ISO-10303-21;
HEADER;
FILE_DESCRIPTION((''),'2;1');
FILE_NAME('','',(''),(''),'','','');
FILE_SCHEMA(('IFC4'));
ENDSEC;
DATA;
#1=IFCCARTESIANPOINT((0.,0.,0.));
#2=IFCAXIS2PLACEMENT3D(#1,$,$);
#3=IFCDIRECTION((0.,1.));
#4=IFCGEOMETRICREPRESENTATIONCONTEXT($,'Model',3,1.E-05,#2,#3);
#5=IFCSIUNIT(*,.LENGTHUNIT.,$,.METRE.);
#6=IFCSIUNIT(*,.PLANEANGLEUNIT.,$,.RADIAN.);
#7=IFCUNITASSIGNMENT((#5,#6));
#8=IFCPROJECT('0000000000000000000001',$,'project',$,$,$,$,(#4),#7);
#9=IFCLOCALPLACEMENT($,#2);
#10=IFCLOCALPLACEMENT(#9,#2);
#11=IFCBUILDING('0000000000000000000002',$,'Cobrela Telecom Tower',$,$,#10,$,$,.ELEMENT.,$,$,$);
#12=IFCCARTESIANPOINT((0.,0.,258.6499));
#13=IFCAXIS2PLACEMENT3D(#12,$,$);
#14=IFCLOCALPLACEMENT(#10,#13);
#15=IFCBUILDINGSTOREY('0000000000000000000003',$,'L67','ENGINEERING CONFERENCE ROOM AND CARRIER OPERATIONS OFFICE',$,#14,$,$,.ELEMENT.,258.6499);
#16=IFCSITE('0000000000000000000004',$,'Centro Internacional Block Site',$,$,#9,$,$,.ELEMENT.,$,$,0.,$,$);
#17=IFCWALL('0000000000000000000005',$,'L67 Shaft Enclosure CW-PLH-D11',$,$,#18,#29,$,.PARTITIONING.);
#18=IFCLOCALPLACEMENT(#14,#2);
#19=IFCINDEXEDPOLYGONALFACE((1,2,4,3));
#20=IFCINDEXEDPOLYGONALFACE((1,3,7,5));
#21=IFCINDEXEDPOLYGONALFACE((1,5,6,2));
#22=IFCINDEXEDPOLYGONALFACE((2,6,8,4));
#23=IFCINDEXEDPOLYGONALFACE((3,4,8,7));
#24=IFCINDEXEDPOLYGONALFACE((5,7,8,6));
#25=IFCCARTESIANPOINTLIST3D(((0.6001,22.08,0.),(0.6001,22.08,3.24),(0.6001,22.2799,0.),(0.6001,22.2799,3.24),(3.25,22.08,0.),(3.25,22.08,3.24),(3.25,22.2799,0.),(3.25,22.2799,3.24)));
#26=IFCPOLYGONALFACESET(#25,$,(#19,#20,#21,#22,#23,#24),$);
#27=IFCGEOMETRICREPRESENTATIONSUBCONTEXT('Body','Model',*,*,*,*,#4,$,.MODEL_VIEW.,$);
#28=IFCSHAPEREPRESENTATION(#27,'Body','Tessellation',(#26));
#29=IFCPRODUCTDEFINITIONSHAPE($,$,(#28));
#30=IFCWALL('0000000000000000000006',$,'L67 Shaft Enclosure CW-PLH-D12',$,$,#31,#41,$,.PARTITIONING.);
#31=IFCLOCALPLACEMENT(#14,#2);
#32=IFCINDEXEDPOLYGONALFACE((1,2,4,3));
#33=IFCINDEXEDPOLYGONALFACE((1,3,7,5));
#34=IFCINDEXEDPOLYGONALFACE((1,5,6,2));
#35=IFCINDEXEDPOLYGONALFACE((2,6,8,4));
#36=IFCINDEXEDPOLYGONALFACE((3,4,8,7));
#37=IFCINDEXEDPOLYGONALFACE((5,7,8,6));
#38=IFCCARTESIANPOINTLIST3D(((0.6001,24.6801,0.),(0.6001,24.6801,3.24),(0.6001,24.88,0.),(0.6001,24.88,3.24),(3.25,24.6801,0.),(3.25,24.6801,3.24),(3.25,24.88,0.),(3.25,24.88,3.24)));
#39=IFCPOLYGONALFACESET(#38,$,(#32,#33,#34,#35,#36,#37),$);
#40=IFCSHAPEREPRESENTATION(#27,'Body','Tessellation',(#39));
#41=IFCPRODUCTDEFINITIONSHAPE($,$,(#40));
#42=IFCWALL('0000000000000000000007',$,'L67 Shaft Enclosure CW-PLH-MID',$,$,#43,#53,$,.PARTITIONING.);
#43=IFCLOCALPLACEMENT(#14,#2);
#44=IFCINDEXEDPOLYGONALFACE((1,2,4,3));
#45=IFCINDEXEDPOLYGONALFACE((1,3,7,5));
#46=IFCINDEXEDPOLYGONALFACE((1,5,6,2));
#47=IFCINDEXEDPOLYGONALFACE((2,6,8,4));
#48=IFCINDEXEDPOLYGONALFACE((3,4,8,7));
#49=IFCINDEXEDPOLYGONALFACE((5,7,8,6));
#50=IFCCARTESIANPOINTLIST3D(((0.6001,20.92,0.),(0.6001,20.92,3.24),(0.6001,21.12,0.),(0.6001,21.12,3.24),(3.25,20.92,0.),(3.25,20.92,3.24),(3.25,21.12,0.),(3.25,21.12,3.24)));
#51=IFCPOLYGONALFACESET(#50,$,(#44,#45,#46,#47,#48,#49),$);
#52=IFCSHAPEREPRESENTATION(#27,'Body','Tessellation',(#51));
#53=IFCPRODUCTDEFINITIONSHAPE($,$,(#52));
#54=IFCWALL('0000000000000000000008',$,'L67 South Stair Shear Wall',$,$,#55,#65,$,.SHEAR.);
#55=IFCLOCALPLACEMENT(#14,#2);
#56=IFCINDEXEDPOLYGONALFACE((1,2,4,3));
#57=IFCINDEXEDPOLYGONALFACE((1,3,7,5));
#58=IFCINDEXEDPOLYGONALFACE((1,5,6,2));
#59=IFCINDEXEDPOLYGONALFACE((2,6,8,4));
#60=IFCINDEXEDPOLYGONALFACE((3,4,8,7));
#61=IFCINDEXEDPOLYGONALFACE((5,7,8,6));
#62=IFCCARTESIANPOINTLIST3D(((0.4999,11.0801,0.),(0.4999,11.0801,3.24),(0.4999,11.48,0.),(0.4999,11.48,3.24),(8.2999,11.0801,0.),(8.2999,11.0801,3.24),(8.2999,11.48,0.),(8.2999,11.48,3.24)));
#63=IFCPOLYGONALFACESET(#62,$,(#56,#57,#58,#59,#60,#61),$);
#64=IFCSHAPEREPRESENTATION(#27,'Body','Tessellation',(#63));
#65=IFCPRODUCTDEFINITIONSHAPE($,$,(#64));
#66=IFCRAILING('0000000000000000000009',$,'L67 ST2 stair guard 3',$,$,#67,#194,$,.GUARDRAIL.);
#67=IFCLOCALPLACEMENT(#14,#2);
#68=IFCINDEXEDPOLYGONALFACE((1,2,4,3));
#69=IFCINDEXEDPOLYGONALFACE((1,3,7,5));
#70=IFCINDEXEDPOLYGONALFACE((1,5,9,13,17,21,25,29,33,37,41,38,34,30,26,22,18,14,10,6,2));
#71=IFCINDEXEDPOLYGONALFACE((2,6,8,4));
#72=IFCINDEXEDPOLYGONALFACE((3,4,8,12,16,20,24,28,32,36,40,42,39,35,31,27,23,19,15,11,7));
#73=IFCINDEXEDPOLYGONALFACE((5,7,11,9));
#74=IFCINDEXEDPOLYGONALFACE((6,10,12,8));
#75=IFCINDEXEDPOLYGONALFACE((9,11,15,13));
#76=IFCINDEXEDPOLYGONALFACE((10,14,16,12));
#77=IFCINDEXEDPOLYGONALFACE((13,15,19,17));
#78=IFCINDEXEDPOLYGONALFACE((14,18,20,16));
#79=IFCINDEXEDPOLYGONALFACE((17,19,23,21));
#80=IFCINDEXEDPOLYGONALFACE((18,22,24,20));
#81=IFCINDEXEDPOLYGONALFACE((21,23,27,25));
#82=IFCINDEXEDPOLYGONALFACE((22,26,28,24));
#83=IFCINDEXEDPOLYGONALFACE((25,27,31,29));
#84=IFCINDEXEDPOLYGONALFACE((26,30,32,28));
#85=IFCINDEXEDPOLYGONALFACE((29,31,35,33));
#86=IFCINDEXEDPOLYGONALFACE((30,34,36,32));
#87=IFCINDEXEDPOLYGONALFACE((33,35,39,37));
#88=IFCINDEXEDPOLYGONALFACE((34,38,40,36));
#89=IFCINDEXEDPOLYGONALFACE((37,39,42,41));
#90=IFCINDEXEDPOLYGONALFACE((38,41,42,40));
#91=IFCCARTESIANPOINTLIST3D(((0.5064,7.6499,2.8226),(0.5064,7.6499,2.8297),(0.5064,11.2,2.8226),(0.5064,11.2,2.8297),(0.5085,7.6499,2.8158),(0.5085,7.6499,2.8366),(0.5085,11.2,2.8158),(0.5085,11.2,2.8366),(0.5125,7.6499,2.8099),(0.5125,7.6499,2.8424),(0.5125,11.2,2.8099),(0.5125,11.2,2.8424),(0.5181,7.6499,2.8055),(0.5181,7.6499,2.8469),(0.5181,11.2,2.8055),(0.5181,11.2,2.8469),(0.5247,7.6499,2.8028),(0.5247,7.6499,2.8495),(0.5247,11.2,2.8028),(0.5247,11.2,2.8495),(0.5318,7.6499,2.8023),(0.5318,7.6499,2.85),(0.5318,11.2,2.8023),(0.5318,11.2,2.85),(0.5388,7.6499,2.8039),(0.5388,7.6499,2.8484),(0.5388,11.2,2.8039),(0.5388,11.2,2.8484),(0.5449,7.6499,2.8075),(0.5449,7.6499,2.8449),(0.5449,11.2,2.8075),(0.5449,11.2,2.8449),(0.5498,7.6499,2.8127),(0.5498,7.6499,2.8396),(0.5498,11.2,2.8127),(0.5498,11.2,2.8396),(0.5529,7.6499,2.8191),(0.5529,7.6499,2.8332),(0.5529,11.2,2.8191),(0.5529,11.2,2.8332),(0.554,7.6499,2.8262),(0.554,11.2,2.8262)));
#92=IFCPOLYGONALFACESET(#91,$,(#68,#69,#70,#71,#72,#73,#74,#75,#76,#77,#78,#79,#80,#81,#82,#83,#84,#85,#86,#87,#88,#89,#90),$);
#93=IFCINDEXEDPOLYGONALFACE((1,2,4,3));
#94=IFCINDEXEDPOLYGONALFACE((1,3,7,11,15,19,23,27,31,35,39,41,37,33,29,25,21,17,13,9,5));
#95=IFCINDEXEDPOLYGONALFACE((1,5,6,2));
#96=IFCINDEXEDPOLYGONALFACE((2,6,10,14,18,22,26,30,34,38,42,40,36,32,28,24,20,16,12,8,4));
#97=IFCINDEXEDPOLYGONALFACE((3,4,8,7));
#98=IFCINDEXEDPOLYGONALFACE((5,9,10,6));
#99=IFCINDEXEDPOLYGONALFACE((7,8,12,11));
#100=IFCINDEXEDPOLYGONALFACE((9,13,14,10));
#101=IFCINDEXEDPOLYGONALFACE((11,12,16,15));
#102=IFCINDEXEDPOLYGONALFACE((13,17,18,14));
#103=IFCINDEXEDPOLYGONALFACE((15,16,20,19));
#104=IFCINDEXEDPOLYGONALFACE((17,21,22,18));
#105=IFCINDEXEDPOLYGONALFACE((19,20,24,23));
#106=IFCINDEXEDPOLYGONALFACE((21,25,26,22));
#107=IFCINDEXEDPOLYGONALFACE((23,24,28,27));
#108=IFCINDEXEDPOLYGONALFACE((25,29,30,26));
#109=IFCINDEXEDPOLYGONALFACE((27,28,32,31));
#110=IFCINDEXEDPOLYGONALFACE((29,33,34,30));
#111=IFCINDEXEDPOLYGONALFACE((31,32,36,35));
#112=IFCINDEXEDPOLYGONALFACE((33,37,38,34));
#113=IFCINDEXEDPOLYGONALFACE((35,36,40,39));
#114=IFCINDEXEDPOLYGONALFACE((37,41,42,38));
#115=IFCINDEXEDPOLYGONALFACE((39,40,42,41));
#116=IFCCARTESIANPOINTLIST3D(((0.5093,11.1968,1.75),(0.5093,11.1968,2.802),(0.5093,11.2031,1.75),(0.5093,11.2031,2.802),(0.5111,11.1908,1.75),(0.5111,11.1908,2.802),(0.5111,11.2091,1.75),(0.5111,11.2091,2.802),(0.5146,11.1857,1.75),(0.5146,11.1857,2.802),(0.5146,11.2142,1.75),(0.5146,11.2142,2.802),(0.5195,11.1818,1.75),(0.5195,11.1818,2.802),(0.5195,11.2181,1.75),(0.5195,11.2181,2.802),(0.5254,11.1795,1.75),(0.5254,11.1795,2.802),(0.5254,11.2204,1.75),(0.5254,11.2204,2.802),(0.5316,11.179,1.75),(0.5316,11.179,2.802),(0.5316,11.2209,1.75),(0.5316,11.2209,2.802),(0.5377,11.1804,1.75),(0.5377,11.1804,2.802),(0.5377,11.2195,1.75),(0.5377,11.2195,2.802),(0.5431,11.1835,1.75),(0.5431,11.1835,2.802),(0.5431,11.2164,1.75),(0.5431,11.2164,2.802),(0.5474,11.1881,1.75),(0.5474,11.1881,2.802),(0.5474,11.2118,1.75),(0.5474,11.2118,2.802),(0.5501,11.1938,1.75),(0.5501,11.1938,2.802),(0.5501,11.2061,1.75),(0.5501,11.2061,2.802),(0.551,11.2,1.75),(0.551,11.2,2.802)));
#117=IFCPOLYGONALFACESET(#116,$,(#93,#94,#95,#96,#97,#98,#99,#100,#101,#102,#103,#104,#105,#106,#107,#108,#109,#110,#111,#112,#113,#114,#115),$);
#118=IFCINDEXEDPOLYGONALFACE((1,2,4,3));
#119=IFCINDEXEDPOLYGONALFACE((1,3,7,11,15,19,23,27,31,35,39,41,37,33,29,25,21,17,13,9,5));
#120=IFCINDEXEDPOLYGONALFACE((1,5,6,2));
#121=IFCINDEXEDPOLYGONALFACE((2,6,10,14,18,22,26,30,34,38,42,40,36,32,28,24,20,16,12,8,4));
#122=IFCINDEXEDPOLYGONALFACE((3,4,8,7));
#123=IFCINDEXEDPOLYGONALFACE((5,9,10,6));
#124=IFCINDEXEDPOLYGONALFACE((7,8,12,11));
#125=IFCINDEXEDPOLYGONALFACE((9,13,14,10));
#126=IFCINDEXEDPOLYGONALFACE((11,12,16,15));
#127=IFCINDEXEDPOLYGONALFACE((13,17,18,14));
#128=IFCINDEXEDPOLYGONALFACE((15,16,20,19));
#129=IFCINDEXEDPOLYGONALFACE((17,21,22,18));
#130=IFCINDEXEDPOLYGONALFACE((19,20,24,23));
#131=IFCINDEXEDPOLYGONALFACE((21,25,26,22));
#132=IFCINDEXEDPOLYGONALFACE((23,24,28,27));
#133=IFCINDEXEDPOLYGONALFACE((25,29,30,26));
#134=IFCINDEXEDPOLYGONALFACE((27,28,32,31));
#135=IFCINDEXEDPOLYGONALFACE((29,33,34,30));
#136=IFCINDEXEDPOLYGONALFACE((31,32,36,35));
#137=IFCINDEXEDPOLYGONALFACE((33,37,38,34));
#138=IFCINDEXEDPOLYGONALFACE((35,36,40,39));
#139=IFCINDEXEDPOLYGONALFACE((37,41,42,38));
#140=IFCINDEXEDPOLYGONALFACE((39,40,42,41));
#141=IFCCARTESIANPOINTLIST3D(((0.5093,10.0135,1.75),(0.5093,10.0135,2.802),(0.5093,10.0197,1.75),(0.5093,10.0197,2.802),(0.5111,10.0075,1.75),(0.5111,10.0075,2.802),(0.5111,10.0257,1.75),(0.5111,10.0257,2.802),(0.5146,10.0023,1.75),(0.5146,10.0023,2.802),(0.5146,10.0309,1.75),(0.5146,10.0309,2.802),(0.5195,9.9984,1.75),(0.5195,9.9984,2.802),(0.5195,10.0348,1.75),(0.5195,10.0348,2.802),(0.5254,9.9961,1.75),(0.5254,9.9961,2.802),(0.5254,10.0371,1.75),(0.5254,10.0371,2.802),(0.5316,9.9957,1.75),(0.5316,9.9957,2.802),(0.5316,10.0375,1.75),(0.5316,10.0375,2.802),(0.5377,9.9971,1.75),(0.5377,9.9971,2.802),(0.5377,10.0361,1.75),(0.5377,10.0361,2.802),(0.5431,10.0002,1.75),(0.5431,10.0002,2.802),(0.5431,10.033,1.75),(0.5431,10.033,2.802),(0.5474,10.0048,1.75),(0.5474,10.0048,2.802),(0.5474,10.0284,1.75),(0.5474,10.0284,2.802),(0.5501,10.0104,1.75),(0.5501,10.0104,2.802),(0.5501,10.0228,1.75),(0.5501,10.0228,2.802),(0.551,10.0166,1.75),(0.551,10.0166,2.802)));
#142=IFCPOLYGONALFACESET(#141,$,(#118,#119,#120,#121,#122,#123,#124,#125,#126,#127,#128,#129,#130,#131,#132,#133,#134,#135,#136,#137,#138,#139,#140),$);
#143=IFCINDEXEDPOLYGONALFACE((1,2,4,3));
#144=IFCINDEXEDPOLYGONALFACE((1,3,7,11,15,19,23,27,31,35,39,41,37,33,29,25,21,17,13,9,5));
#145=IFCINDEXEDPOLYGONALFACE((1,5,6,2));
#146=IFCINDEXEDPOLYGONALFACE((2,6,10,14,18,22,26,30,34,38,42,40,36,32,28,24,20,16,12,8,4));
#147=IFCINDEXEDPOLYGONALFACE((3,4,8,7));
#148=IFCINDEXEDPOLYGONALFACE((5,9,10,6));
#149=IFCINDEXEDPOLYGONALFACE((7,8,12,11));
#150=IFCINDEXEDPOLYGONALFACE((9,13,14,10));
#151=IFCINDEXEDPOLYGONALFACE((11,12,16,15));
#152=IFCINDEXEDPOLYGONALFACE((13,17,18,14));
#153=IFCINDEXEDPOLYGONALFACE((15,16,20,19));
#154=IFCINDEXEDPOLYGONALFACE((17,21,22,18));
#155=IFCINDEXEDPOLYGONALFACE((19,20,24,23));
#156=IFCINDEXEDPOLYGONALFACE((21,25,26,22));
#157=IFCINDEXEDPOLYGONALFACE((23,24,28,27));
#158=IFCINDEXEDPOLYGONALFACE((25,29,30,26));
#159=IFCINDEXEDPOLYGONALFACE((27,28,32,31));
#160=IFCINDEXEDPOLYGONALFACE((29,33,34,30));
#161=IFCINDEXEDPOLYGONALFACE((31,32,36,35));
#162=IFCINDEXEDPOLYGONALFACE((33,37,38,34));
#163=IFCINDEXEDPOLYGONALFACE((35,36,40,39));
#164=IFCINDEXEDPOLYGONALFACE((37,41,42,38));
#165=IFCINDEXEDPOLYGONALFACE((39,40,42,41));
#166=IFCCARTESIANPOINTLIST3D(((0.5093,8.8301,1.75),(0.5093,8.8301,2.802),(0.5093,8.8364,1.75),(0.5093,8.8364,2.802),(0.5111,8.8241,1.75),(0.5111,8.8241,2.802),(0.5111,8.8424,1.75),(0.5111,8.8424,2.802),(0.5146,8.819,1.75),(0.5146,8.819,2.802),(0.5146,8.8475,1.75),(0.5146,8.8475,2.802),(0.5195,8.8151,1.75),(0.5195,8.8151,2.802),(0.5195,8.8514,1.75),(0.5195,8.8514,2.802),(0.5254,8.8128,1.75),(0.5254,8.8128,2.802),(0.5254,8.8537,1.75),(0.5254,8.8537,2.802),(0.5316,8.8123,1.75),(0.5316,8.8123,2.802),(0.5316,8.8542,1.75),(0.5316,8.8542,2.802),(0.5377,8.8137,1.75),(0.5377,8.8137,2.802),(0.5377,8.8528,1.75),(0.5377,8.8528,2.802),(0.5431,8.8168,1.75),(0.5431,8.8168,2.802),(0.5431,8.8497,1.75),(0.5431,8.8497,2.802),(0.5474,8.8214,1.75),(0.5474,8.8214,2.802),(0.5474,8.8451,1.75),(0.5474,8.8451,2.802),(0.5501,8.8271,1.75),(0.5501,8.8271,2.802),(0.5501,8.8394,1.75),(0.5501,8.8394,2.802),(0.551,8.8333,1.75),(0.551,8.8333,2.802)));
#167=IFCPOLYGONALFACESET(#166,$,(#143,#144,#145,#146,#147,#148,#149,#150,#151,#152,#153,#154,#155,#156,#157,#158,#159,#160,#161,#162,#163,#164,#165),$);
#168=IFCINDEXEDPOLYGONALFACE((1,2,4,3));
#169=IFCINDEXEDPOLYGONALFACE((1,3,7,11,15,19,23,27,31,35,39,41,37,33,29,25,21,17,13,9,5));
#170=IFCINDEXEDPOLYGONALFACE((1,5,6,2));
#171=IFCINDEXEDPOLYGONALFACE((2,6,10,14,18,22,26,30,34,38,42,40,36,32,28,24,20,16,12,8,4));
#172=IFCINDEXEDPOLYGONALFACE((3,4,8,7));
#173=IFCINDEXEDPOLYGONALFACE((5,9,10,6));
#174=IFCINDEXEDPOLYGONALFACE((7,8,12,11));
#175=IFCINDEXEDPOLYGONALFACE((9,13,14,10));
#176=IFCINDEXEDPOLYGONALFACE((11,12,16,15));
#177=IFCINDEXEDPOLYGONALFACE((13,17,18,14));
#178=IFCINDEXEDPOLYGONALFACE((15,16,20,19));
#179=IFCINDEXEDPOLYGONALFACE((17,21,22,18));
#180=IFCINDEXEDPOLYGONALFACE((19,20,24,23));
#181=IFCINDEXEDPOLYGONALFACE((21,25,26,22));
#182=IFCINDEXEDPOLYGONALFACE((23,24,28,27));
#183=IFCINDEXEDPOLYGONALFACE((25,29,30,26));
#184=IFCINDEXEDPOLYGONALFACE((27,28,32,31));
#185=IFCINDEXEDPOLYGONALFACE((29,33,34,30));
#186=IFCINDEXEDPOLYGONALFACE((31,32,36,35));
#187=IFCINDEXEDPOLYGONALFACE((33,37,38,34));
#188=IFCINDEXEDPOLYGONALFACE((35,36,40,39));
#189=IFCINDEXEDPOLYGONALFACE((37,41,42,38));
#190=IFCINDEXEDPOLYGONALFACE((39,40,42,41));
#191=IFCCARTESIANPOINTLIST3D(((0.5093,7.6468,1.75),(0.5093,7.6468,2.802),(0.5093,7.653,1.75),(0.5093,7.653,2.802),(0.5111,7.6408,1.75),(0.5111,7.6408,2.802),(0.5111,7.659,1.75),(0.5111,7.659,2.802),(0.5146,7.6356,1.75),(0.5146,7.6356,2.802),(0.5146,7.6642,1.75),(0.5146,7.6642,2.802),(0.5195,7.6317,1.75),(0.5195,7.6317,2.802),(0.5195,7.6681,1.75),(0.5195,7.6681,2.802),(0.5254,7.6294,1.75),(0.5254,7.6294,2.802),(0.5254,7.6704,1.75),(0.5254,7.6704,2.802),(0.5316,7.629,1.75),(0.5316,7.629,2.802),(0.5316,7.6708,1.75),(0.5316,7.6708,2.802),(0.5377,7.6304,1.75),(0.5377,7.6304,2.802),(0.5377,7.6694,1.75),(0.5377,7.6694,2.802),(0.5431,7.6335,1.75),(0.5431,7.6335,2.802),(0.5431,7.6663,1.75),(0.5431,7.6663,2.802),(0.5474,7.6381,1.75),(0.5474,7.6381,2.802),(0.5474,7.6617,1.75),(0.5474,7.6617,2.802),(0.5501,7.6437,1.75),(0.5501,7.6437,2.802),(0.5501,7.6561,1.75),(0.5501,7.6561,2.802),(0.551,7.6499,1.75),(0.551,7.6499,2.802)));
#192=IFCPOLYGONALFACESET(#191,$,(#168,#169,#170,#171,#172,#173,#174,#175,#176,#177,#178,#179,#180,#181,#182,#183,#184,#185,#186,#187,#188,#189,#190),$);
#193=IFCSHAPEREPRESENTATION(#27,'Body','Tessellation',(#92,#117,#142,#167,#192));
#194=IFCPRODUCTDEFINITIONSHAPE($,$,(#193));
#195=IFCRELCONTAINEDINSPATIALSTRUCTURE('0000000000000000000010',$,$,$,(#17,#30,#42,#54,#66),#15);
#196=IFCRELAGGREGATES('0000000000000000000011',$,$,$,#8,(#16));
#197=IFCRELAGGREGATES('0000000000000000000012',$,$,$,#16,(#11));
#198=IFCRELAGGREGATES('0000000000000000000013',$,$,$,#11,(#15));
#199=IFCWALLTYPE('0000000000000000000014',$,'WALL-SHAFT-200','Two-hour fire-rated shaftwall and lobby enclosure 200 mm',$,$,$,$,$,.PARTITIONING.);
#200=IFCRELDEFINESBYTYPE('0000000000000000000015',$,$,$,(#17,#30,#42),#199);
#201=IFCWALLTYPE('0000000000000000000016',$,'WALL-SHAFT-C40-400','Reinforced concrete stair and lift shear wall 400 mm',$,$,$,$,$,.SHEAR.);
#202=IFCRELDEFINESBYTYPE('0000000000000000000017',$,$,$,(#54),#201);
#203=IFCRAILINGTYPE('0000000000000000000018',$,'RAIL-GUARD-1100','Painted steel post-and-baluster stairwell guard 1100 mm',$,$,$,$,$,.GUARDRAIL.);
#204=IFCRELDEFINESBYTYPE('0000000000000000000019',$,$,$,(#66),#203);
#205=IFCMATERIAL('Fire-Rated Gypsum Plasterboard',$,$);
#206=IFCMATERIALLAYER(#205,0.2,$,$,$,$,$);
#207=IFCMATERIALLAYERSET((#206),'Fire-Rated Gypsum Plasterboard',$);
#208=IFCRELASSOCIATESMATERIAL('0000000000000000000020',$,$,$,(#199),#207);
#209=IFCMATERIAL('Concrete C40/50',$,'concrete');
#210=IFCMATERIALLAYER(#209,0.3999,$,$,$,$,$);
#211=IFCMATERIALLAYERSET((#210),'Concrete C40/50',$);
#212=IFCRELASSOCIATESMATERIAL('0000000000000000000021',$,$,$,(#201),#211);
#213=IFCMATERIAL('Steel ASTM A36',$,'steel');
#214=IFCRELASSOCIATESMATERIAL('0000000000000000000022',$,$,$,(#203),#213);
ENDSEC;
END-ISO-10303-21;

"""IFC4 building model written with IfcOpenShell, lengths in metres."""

from ifc_helpers import new_model, si_unit, direction, frame, frame_2d, origin, origin_2d, place, context, subcontext, project, spatial, rectangle, circle, extrude, material, layer, layer_set, type_object, element, save


model = new_model("IFC4")

# Units and contexts
model_context = context("Model", 3, precision=1e-05, world=origin(), true_north=direction((0.0, 1.0)))
body_context = subcontext(model_context, "Body", "Model", "MODEL_VIEW")
ifc_project = project(units=[si_unit("LENGTHUNIT", "METRE"), si_unit("PLANEANGLEUNIT", "RADIAN")], contexts=[model_context])

# Site, building, storey
site_placement = place(None, origin())
site = spatial("IfcSite", under=ifc_project, at=site_placement, Name="Centro Internacional Block Site", CompositionType="ELEMENT", RefElevation=0.0)
building_placement = place(site_placement, origin())
building = spatial("IfcBuilding", under=site, at=building_placement, Name="Cobrela Telecom Tower", CompositionType="ELEMENT")
storey_placement = place(building_placement, frame((0.0, 0.0, 258.6499)))
storey = spatial("IfcBuildingStorey", under=building, at=storey_placement, Name="L67", Description="ENGINEERING CONFERENCE ROOM AND CARRIER OPERATIONS OFFICE", CompositionType="ELEMENT", Elevation=258.6499)

# Shared definitions
ifc_material_1 = material(Name="Fire-Rated Gypsum Plasterboard")

# Shared definitions
ifc_layer_1 = layer(ifc_material_1, 0.2)
ifc_layer_set_1 = layer_set([ifc_layer_1], Name="Fire-Rated Gypsum Plasterboard")
wall_type_1 = type_object("IfcWallType", Name="WALL-SHAFT-200", Description="Two-hour fire-rated shaftwall and lobby enclosure 200 mm", PredefinedType="PARTITIONING", material=ifc_layer_set_1)
ifc_material_2 = material(Name="Steel ASTM A36", Category="steel")

# Walls
for number, where, z_axis, x_axis, name in (
    (1, (0.6001, 22.1799, 0.0), (0.0, 0.0, 1.0), (1.0, 0.0, 0.0), "L67 Shaft Enclosure CW-PLH-D11"),
    (2, (0.6001, 24.78, 0.0), (0.0, 0.0, 1.0), (1.0, 0.0, 0.0), "L67 Shaft Enclosure CW-PLH-D12"),
    (3, (0.6001, 21.02, 0.0), (0.0, 0.0, 1.0), (1.0, 0.0, 0.0), "L67 Shaft Enclosure CW-PLH-MID"),
):
    element("IfcWall", number, at=place(storey_placement, frame(where, z_axis=z_axis, x_axis=x_axis)), inside=storey, type_object=wall_type_1, Name=name, PredefinedType="PARTITIONING", context=body_context, shape_type="SweptSolid", body=[
        extrude(rectangle(XDim=2.6499, YDim=0.2, at=frame_2d((1.325, 0.0))), origin(), (0.0, 0.0, 1.0), 3.24),
    ])
ifc_material_3 = material(Name="Concrete C40/50", Category="concrete")
ifc_layer_2 = layer(ifc_material_3, 0.3999)
ifc_layer_set_2 = layer_set([ifc_layer_2], Name="Concrete C40/50")
wall_type_2 = type_object("IfcWallType", Name="WALL-SHAFT-C40-400", Description="Reinforced concrete stair and lift shear wall 400 mm", PredefinedType="SHEAR", material=ifc_layer_set_2)
wall_1_placement = place(storey_placement, frame((0.5, 11.28, 0.0), z_axis=(0.0, 0.0, 1.0), x_axis=(1.0, 0.0, 0.0)))
element("IfcWall", 4, at=wall_1_placement, inside=storey, type_object=wall_type_2, Name="L67 South Stair Shear Wall", PredefinedType="SHEAR", context=body_context, shape_type="SweptSolid", body=[
    extrude(rectangle(XDim=7.8, YDim=0.3999, at=frame_2d((3.8999, 0.0))), origin(), (0.0, 0.0, 1.0), 3.24),
])

# Railing
railing_type = type_object("IfcRailingType", Name="RAIL-GUARD-1100", Description="Painted steel post-and-baluster stairwell guard 1100 mm", PredefinedType="GUARDRAIL", material=ifc_material_2)
railing_1_placement = place(storey_placement, frame((0.53, 11.2, 1.75)))
element("IfcRailing", 5, at=railing_1_placement, inside=storey, type_object=railing_type, Name="L67 ST2 stair guard 3", PredefinedType="GUARDRAIL", context=body_context, shape_type="SweptSolid", body=[
    extrude(circle(Radius=0.0239, at=origin_2d()), frame((0.0, 0.0, 1.0762), z_axis=(0.0, -1.0, 0.0), x_axis=(1.0, 0.0, 0.0)), (0.0, 0.0, 1.0), 3.55),
    extrude(circle(Radius=0.021, at=origin_2d()), origin(), (0.0, 0.0, 1.0), 1.052),
    extrude(circle(Radius=0.021, at=origin_2d()), frame((0.0, -1.1833, 0.0)), (0.0, 0.0, 1.0), 1.052),
    extrude(circle(Radius=0.021, at=origin_2d()), frame((0.0, -2.3667, 0.0)), (0.0, 0.0, 1.0), 1.052),
    extrude(circle(Radius=0.021, at=origin_2d()), frame((0.0, -3.55, 0.0)), (0.0, 0.0, 1.0), 1.052),
])

save(model, "model.ifc")
